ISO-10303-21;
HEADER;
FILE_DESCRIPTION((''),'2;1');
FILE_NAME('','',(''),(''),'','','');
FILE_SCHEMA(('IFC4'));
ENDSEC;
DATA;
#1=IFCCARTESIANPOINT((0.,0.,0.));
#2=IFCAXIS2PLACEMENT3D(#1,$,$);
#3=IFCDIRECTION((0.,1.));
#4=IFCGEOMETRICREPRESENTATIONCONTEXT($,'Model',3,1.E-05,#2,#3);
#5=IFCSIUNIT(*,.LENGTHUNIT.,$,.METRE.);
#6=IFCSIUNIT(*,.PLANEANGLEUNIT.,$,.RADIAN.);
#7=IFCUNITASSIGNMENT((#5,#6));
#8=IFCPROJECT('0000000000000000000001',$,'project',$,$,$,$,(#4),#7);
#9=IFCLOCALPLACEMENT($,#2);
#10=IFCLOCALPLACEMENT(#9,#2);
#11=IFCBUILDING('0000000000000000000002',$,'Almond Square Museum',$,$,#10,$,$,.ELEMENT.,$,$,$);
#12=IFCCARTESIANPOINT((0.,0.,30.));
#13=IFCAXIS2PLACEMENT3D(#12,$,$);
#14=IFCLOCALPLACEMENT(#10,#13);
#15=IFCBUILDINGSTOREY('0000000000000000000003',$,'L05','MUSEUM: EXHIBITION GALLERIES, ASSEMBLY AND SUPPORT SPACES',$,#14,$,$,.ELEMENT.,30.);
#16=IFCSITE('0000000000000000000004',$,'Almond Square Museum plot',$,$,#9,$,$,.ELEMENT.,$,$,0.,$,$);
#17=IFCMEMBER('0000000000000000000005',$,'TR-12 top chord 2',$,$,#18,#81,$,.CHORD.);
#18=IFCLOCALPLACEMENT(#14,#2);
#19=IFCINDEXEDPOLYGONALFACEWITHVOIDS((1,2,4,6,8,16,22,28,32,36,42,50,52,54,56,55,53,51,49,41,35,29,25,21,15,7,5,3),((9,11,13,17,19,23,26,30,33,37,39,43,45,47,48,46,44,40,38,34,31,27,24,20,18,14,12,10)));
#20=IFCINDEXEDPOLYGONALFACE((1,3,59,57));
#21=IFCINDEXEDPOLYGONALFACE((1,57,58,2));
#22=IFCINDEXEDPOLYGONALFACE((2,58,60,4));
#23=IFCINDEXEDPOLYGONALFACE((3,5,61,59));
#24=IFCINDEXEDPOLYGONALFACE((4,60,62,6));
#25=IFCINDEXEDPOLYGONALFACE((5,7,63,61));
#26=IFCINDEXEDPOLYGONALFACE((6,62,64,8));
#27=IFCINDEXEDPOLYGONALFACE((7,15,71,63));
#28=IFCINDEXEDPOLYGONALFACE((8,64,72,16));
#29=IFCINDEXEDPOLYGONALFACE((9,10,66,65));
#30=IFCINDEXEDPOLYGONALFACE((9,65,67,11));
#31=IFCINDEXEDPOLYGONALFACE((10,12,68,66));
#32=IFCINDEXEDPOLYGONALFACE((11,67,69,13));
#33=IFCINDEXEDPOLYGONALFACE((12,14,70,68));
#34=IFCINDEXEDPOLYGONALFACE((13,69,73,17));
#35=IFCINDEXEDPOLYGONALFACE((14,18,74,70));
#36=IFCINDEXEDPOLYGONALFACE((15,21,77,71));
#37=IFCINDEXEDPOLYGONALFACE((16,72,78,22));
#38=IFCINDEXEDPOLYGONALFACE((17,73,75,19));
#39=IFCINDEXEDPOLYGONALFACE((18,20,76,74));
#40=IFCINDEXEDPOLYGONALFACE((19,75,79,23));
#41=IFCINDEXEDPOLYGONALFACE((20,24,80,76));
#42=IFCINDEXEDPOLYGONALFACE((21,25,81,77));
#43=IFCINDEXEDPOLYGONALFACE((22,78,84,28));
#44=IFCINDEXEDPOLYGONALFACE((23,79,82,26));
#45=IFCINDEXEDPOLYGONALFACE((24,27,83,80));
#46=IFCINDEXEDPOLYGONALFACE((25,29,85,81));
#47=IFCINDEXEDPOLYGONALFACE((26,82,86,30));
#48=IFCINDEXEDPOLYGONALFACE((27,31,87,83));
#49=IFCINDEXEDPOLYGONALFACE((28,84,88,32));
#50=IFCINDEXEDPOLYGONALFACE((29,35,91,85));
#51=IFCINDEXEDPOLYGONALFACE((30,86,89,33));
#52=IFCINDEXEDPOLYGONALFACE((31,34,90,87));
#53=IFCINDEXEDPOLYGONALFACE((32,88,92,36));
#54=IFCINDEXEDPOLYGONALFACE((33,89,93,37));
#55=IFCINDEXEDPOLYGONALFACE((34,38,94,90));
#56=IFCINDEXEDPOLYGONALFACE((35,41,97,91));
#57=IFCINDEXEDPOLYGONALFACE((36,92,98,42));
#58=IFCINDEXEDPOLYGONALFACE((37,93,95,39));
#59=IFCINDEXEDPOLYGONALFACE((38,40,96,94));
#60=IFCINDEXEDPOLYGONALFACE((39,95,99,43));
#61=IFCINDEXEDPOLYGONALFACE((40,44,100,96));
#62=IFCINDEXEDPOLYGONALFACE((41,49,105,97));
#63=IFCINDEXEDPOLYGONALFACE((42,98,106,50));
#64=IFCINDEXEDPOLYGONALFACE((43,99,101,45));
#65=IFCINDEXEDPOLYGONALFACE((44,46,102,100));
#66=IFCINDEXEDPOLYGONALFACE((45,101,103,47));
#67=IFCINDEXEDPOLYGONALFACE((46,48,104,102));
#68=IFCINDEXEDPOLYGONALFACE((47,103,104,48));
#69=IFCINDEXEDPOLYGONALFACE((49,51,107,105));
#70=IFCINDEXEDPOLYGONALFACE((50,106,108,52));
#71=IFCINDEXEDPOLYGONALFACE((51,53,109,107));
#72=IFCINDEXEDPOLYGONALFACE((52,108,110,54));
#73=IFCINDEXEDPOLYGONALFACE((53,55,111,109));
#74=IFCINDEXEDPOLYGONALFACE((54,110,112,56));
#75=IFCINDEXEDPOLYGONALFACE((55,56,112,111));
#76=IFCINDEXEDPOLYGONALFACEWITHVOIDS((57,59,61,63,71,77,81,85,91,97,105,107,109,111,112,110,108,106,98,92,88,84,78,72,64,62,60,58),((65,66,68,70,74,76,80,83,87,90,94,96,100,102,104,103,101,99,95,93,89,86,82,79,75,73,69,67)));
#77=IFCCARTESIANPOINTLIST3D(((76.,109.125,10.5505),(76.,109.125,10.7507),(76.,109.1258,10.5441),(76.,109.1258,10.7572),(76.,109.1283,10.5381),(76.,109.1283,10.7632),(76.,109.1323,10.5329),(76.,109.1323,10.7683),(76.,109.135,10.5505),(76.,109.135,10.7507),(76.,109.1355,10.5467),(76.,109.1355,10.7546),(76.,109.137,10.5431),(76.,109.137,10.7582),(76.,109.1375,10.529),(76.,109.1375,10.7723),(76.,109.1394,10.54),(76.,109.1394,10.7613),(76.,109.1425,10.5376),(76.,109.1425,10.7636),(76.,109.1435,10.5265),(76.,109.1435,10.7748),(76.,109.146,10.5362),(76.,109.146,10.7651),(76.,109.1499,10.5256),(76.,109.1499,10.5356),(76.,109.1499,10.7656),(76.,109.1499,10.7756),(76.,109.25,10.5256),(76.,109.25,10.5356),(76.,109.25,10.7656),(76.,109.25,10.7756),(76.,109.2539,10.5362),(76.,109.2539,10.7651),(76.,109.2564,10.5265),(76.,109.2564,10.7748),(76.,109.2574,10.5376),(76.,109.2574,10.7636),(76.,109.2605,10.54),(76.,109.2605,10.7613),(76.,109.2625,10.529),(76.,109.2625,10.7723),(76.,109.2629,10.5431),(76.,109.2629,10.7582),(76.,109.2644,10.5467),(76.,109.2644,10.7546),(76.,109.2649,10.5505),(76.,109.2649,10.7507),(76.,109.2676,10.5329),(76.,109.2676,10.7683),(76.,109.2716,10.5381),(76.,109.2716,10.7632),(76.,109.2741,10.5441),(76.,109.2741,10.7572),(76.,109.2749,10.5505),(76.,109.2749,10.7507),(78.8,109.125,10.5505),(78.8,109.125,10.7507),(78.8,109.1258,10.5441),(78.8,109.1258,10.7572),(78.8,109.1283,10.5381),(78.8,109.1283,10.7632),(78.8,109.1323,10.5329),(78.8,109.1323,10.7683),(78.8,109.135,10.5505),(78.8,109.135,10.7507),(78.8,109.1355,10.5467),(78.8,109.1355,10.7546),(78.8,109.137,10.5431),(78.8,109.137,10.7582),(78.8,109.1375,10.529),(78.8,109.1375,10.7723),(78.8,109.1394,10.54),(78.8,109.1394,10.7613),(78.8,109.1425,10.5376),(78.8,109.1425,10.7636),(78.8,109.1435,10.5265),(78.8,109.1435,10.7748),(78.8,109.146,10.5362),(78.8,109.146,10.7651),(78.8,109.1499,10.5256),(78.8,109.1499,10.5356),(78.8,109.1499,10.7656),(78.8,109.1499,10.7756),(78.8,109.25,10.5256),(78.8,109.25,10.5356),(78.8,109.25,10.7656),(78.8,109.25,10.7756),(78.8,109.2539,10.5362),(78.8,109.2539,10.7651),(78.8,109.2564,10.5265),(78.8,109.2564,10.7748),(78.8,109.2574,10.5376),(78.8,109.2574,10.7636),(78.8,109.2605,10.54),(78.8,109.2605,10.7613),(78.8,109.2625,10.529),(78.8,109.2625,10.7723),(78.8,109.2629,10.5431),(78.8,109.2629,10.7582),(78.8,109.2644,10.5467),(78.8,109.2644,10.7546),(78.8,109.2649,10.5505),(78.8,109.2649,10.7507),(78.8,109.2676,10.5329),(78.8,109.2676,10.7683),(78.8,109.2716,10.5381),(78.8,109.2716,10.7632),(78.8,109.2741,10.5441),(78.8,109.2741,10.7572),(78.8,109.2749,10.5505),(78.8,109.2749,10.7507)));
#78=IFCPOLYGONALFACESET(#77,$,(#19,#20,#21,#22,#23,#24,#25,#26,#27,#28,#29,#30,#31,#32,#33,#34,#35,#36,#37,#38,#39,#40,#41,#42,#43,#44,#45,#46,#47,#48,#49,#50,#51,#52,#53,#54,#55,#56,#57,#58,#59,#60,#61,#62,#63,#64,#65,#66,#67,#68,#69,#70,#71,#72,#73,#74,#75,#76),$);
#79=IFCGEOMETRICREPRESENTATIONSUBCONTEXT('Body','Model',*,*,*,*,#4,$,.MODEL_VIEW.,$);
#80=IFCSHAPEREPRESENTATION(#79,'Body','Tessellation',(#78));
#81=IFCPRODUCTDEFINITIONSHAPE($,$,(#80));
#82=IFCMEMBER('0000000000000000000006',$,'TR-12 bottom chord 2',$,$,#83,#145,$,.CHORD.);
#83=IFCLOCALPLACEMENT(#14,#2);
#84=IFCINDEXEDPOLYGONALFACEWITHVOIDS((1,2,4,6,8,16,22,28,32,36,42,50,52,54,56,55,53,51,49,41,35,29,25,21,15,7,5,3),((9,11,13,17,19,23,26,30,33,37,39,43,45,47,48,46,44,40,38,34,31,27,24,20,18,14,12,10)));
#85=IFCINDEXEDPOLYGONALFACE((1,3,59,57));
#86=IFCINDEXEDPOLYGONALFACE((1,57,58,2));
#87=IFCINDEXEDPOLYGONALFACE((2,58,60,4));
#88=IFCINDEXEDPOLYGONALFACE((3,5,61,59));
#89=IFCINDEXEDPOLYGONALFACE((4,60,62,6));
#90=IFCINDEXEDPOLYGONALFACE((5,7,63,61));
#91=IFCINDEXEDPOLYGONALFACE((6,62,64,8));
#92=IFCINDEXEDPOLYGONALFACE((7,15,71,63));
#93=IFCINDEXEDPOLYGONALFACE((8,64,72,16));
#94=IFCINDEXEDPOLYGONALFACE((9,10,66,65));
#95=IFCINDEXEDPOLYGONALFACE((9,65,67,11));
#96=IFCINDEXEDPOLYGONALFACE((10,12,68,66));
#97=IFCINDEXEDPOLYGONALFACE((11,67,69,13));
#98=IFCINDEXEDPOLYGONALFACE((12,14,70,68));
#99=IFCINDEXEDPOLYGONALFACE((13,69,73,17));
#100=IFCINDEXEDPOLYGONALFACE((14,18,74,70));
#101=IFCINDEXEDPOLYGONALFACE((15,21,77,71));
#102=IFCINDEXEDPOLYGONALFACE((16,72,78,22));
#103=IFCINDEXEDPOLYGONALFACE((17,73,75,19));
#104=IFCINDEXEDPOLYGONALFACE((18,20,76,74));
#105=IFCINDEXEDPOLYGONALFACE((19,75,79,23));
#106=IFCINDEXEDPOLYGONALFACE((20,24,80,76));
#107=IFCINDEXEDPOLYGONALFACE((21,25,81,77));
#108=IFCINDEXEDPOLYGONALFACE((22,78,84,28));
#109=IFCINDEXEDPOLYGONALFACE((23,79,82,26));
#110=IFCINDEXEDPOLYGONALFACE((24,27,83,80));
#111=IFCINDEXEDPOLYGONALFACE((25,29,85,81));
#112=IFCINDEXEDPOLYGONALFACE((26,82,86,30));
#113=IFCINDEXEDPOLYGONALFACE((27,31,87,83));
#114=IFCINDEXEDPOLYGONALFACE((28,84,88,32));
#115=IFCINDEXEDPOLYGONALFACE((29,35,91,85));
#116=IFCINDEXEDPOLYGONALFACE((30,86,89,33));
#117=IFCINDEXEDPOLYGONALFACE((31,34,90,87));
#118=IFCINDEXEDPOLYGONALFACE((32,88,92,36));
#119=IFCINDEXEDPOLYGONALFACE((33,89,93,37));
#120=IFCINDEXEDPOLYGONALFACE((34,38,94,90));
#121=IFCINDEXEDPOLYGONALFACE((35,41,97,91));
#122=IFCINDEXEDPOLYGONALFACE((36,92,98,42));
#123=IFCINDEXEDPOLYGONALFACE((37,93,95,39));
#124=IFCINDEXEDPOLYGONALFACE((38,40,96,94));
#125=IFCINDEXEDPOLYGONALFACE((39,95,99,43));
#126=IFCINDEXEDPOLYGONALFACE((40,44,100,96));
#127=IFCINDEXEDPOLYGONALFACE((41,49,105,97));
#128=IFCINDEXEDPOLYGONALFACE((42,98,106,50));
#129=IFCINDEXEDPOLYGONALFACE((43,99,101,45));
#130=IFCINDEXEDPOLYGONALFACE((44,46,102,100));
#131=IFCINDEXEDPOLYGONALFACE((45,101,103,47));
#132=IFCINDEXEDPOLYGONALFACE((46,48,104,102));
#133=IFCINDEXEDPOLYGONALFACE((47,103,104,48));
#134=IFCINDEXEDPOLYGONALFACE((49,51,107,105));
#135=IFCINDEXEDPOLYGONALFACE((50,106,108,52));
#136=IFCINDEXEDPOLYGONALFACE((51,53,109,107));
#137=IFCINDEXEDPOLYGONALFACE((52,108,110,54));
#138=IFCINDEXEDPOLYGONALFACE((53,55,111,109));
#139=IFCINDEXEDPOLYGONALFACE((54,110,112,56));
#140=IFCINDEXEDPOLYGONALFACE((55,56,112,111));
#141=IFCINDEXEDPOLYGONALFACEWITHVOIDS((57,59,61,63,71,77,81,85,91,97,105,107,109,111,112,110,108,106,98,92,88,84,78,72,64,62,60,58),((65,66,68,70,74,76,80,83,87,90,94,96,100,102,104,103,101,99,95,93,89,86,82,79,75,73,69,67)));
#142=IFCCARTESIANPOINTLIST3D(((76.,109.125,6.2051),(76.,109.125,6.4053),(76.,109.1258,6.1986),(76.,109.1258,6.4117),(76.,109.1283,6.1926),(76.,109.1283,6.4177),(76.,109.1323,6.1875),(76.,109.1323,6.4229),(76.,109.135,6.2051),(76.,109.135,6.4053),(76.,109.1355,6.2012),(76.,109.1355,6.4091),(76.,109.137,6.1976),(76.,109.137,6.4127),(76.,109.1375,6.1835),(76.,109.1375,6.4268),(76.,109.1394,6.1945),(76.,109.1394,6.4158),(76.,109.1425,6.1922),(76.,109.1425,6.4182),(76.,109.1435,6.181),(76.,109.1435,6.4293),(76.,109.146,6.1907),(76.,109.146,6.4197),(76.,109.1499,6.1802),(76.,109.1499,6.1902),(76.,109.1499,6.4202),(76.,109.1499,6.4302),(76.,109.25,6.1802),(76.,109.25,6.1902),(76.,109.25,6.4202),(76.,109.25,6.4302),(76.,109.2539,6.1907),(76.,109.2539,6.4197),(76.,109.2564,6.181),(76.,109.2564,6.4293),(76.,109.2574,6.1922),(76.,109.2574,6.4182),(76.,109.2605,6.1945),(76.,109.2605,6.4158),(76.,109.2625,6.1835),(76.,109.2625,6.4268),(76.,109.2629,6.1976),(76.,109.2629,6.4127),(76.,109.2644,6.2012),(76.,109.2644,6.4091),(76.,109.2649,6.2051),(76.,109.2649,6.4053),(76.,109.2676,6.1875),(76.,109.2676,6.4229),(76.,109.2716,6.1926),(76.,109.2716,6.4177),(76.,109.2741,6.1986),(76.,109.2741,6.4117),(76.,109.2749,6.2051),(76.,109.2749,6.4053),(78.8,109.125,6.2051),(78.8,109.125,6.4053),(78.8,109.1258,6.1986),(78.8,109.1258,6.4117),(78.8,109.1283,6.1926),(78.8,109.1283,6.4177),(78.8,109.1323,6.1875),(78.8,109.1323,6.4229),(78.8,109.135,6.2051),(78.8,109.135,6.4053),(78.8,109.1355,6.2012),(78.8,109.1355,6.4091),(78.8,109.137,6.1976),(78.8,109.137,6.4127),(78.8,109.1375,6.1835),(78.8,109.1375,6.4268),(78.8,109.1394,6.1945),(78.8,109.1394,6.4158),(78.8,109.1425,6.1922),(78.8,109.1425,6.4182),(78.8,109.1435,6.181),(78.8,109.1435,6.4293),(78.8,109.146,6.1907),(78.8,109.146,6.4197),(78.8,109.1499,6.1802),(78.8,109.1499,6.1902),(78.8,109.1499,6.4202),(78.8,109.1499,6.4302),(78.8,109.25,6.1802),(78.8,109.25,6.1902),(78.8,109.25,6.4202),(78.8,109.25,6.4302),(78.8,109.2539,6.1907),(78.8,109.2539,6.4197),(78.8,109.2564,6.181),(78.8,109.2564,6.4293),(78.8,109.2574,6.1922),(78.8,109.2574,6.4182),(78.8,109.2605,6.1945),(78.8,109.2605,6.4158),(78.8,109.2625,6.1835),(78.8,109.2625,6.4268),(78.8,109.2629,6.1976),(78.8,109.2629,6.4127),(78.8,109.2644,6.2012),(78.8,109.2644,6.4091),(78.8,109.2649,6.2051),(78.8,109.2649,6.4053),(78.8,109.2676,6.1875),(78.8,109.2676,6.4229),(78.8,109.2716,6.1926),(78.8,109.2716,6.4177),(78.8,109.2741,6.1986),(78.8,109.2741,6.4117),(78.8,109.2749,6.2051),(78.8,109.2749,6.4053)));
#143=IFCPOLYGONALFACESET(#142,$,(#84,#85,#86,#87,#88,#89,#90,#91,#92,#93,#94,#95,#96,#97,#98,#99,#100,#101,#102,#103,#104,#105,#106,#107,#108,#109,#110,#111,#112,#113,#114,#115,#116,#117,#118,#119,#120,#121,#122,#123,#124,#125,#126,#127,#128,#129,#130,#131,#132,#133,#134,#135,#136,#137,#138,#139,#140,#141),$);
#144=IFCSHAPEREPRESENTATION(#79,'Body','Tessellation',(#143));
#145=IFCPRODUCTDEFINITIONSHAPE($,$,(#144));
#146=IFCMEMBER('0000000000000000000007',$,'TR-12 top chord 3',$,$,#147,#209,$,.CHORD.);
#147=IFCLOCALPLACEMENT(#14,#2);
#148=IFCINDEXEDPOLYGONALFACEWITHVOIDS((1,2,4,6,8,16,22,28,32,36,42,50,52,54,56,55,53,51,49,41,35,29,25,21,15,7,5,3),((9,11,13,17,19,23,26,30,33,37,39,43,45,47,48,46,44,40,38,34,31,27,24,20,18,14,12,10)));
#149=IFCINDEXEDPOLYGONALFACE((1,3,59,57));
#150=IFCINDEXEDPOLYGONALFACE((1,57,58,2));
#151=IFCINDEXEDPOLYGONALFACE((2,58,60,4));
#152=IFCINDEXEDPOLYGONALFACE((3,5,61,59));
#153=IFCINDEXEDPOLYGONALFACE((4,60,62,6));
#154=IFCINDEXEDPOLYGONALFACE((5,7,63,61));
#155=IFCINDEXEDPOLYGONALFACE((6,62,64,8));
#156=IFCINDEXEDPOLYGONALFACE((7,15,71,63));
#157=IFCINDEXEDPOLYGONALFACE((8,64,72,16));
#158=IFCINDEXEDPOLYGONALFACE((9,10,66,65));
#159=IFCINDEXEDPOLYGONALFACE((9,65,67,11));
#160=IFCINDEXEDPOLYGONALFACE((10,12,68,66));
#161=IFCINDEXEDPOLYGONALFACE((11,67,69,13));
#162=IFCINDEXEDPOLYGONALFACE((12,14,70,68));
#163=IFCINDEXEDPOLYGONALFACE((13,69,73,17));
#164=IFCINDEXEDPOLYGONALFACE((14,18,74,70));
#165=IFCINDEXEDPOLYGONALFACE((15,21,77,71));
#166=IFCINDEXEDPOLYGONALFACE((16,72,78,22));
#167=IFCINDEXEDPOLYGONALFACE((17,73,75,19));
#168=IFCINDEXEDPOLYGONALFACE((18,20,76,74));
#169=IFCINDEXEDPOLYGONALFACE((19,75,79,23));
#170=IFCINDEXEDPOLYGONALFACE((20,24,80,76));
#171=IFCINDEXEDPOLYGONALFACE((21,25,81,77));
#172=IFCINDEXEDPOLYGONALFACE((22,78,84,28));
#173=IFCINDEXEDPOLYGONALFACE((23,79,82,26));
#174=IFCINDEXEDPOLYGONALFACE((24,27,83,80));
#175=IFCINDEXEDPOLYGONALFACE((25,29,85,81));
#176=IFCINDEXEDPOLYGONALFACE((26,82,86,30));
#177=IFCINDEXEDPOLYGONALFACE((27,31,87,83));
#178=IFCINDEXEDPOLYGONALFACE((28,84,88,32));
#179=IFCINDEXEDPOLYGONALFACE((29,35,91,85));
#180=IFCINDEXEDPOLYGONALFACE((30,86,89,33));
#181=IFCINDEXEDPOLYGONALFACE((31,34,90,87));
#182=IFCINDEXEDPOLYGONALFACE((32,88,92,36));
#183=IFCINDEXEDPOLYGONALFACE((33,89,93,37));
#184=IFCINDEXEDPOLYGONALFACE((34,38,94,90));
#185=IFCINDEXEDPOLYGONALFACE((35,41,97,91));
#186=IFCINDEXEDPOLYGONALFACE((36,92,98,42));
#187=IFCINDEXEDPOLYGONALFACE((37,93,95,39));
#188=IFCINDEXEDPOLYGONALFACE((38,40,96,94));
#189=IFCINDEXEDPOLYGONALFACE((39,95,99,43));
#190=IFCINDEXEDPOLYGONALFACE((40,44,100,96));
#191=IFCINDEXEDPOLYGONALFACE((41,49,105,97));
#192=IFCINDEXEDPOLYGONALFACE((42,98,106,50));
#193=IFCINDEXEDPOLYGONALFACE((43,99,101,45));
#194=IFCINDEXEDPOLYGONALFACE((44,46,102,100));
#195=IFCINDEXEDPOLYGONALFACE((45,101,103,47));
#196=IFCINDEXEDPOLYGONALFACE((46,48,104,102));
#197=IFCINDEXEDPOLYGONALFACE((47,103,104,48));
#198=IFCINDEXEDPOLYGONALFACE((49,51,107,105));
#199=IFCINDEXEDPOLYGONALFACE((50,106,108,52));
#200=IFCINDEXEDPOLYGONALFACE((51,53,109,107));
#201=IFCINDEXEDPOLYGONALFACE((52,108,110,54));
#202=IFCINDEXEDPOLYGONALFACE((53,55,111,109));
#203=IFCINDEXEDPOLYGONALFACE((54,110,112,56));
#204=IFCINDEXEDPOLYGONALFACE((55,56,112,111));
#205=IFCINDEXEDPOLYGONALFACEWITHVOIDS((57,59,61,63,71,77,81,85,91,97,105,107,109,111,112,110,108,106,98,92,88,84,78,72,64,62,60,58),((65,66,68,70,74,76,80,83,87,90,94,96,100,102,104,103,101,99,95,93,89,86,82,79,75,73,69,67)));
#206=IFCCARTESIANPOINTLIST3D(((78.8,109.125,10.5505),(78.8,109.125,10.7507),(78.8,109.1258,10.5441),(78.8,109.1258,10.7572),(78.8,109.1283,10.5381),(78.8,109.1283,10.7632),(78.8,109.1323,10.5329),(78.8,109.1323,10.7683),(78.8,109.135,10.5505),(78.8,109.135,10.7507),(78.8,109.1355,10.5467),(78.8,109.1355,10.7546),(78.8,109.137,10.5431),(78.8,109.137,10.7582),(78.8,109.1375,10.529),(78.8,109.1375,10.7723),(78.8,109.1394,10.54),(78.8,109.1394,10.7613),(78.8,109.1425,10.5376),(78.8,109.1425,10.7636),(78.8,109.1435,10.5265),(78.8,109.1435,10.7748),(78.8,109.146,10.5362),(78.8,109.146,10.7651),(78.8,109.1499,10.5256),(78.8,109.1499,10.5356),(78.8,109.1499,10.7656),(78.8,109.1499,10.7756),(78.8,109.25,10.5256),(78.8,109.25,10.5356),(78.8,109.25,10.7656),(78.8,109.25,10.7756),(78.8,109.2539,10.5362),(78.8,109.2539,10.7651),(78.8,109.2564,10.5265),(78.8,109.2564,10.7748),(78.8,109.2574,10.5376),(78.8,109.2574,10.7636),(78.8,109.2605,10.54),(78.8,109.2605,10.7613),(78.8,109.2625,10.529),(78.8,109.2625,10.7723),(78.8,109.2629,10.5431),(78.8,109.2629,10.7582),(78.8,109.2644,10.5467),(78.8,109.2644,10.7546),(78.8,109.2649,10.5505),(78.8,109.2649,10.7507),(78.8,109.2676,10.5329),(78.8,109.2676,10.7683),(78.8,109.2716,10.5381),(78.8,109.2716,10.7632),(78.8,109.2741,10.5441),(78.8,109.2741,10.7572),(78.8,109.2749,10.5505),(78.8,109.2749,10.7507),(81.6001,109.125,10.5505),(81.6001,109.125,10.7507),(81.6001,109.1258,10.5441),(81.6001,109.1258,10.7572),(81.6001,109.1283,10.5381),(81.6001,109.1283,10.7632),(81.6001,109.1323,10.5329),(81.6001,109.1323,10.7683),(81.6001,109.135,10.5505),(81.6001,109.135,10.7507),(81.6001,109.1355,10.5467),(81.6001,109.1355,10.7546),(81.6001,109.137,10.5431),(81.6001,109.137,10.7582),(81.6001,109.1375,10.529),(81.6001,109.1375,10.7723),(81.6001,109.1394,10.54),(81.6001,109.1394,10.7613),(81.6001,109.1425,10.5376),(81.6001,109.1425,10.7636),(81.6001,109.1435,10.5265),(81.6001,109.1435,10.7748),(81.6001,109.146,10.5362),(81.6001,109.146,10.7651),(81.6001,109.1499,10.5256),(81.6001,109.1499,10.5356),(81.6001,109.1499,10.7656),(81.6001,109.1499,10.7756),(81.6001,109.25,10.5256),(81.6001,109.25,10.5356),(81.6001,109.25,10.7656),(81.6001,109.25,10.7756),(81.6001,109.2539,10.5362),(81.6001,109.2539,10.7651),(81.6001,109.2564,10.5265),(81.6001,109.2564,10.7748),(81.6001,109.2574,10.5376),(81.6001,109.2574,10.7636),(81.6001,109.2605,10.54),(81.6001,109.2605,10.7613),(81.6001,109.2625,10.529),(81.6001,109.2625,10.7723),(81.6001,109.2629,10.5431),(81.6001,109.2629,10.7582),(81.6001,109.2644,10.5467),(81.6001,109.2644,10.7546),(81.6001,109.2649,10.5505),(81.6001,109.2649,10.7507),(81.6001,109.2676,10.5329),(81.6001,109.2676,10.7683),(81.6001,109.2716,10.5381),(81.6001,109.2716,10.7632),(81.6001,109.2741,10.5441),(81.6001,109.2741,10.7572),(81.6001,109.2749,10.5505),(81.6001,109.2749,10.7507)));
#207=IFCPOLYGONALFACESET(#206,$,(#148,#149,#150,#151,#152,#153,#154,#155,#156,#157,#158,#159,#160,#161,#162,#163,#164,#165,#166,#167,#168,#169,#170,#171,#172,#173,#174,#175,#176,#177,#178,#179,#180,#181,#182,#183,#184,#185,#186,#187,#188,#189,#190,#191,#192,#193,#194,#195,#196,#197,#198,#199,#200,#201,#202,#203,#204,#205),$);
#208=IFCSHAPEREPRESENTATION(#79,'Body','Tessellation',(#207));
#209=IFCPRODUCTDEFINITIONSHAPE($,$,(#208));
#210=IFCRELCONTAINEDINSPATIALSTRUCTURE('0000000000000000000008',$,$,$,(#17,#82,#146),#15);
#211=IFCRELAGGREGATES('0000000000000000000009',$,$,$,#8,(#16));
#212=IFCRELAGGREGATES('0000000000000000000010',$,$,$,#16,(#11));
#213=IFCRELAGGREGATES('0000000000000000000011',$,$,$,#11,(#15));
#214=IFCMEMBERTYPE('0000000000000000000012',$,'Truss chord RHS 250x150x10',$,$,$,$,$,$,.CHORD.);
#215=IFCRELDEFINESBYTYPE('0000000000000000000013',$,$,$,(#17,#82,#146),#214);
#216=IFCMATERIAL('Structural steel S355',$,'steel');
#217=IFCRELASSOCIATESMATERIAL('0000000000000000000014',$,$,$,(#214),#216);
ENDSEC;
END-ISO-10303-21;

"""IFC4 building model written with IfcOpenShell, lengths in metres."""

from ifc_helpers import new_model, si_unit, direction, frame, origin, origin_2d, place, context, subcontext, project, spatial, hollow_rectangle, extrude, material, material_profile, profile_set, type_object, element, save


model = new_model("IFC4")

# Units and contexts
model_context = context("Model", 3, precision=1e-05, world=origin(), true_north=direction((0.0, 1.0)))
body_context = subcontext(model_context, "Body", "Model", "MODEL_VIEW")
ifc_project = project(units=[si_unit("LENGTHUNIT", "METRE"), si_unit("PLANEANGLEUNIT", "RADIAN")], contexts=[model_context])

# Site, building, storey
site_placement = place(None, origin())
site = spatial("IfcSite", under=ifc_project, at=site_placement, Name="Almond Square Museum plot", CompositionType="ELEMENT", RefElevation=0.0)
building_placement = place(site_placement, origin())
building = spatial("IfcBuilding", under=site, at=building_placement, Name="Almond Square Museum", CompositionType="ELEMENT")
storey_placement = place(building_placement, frame((0.0, 0.0, 30.0)))
storey = spatial("IfcBuildingStorey", under=building, at=storey_placement, Name="L05", Description="MUSEUM: EXHIBITION GALLERIES, ASSEMBLY AND SUPPORT SPACES", CompositionType="ELEMENT", Elevation=30.0)

# Members
ifc_material_1 = material(Name="Structural steel S355", Category="steel")
ifc_material_profile_1 = material_profile(ifc_material_1, hollow_rectangle(XDim=0.1499, YDim=0.25, WallThickness=0.01, InnerFilletRadius=0.0149, OuterFilletRadius=0.0249, at=origin_2d()))
ifc_profile_set_1 = profile_set([ifc_material_profile_1], Name="Structural steel S355")
member_type_1 = type_object("IfcMemberType", Name="Truss chord RHS 250x150x10", PredefinedType="CHORD", material=ifc_profile_set_1)
for number, where, z_axis, x_axis, name in (
    (1, (76.0, 109.2, 10.6506), (1.0, 0.0, 0.0), (0.0, 1.0, 0.0), "TR-12 top chord 2"),
    (2, (76.0, 109.2, 6.3052), (1.0, 0.0, 0.0), (0.0, 1.0, 0.0), "TR-12 bottom chord 2"),
    (3, (78.8, 109.2, 10.6506), (1.0, 0.0, 0.0), (0.0, 1.0, 0.0), "TR-12 top chord 3"),
):
    element("IfcMember", number, at=place(storey_placement, frame(where, z_axis=z_axis, x_axis=x_axis)), inside=storey, type_object=member_type_1, Name=name, PredefinedType="CHORD", context=body_context, shape_type="SweptSolid", body=[
        extrude(hollow_rectangle(XDim=0.1499, YDim=0.25, WallThickness=0.01, InnerFilletRadius=0.0149, OuterFilletRadius=0.0249, at=origin_2d()), origin(), (0.0, 0.0, 1.0), 2.8),
    ])

save(model, "model.ifc")
